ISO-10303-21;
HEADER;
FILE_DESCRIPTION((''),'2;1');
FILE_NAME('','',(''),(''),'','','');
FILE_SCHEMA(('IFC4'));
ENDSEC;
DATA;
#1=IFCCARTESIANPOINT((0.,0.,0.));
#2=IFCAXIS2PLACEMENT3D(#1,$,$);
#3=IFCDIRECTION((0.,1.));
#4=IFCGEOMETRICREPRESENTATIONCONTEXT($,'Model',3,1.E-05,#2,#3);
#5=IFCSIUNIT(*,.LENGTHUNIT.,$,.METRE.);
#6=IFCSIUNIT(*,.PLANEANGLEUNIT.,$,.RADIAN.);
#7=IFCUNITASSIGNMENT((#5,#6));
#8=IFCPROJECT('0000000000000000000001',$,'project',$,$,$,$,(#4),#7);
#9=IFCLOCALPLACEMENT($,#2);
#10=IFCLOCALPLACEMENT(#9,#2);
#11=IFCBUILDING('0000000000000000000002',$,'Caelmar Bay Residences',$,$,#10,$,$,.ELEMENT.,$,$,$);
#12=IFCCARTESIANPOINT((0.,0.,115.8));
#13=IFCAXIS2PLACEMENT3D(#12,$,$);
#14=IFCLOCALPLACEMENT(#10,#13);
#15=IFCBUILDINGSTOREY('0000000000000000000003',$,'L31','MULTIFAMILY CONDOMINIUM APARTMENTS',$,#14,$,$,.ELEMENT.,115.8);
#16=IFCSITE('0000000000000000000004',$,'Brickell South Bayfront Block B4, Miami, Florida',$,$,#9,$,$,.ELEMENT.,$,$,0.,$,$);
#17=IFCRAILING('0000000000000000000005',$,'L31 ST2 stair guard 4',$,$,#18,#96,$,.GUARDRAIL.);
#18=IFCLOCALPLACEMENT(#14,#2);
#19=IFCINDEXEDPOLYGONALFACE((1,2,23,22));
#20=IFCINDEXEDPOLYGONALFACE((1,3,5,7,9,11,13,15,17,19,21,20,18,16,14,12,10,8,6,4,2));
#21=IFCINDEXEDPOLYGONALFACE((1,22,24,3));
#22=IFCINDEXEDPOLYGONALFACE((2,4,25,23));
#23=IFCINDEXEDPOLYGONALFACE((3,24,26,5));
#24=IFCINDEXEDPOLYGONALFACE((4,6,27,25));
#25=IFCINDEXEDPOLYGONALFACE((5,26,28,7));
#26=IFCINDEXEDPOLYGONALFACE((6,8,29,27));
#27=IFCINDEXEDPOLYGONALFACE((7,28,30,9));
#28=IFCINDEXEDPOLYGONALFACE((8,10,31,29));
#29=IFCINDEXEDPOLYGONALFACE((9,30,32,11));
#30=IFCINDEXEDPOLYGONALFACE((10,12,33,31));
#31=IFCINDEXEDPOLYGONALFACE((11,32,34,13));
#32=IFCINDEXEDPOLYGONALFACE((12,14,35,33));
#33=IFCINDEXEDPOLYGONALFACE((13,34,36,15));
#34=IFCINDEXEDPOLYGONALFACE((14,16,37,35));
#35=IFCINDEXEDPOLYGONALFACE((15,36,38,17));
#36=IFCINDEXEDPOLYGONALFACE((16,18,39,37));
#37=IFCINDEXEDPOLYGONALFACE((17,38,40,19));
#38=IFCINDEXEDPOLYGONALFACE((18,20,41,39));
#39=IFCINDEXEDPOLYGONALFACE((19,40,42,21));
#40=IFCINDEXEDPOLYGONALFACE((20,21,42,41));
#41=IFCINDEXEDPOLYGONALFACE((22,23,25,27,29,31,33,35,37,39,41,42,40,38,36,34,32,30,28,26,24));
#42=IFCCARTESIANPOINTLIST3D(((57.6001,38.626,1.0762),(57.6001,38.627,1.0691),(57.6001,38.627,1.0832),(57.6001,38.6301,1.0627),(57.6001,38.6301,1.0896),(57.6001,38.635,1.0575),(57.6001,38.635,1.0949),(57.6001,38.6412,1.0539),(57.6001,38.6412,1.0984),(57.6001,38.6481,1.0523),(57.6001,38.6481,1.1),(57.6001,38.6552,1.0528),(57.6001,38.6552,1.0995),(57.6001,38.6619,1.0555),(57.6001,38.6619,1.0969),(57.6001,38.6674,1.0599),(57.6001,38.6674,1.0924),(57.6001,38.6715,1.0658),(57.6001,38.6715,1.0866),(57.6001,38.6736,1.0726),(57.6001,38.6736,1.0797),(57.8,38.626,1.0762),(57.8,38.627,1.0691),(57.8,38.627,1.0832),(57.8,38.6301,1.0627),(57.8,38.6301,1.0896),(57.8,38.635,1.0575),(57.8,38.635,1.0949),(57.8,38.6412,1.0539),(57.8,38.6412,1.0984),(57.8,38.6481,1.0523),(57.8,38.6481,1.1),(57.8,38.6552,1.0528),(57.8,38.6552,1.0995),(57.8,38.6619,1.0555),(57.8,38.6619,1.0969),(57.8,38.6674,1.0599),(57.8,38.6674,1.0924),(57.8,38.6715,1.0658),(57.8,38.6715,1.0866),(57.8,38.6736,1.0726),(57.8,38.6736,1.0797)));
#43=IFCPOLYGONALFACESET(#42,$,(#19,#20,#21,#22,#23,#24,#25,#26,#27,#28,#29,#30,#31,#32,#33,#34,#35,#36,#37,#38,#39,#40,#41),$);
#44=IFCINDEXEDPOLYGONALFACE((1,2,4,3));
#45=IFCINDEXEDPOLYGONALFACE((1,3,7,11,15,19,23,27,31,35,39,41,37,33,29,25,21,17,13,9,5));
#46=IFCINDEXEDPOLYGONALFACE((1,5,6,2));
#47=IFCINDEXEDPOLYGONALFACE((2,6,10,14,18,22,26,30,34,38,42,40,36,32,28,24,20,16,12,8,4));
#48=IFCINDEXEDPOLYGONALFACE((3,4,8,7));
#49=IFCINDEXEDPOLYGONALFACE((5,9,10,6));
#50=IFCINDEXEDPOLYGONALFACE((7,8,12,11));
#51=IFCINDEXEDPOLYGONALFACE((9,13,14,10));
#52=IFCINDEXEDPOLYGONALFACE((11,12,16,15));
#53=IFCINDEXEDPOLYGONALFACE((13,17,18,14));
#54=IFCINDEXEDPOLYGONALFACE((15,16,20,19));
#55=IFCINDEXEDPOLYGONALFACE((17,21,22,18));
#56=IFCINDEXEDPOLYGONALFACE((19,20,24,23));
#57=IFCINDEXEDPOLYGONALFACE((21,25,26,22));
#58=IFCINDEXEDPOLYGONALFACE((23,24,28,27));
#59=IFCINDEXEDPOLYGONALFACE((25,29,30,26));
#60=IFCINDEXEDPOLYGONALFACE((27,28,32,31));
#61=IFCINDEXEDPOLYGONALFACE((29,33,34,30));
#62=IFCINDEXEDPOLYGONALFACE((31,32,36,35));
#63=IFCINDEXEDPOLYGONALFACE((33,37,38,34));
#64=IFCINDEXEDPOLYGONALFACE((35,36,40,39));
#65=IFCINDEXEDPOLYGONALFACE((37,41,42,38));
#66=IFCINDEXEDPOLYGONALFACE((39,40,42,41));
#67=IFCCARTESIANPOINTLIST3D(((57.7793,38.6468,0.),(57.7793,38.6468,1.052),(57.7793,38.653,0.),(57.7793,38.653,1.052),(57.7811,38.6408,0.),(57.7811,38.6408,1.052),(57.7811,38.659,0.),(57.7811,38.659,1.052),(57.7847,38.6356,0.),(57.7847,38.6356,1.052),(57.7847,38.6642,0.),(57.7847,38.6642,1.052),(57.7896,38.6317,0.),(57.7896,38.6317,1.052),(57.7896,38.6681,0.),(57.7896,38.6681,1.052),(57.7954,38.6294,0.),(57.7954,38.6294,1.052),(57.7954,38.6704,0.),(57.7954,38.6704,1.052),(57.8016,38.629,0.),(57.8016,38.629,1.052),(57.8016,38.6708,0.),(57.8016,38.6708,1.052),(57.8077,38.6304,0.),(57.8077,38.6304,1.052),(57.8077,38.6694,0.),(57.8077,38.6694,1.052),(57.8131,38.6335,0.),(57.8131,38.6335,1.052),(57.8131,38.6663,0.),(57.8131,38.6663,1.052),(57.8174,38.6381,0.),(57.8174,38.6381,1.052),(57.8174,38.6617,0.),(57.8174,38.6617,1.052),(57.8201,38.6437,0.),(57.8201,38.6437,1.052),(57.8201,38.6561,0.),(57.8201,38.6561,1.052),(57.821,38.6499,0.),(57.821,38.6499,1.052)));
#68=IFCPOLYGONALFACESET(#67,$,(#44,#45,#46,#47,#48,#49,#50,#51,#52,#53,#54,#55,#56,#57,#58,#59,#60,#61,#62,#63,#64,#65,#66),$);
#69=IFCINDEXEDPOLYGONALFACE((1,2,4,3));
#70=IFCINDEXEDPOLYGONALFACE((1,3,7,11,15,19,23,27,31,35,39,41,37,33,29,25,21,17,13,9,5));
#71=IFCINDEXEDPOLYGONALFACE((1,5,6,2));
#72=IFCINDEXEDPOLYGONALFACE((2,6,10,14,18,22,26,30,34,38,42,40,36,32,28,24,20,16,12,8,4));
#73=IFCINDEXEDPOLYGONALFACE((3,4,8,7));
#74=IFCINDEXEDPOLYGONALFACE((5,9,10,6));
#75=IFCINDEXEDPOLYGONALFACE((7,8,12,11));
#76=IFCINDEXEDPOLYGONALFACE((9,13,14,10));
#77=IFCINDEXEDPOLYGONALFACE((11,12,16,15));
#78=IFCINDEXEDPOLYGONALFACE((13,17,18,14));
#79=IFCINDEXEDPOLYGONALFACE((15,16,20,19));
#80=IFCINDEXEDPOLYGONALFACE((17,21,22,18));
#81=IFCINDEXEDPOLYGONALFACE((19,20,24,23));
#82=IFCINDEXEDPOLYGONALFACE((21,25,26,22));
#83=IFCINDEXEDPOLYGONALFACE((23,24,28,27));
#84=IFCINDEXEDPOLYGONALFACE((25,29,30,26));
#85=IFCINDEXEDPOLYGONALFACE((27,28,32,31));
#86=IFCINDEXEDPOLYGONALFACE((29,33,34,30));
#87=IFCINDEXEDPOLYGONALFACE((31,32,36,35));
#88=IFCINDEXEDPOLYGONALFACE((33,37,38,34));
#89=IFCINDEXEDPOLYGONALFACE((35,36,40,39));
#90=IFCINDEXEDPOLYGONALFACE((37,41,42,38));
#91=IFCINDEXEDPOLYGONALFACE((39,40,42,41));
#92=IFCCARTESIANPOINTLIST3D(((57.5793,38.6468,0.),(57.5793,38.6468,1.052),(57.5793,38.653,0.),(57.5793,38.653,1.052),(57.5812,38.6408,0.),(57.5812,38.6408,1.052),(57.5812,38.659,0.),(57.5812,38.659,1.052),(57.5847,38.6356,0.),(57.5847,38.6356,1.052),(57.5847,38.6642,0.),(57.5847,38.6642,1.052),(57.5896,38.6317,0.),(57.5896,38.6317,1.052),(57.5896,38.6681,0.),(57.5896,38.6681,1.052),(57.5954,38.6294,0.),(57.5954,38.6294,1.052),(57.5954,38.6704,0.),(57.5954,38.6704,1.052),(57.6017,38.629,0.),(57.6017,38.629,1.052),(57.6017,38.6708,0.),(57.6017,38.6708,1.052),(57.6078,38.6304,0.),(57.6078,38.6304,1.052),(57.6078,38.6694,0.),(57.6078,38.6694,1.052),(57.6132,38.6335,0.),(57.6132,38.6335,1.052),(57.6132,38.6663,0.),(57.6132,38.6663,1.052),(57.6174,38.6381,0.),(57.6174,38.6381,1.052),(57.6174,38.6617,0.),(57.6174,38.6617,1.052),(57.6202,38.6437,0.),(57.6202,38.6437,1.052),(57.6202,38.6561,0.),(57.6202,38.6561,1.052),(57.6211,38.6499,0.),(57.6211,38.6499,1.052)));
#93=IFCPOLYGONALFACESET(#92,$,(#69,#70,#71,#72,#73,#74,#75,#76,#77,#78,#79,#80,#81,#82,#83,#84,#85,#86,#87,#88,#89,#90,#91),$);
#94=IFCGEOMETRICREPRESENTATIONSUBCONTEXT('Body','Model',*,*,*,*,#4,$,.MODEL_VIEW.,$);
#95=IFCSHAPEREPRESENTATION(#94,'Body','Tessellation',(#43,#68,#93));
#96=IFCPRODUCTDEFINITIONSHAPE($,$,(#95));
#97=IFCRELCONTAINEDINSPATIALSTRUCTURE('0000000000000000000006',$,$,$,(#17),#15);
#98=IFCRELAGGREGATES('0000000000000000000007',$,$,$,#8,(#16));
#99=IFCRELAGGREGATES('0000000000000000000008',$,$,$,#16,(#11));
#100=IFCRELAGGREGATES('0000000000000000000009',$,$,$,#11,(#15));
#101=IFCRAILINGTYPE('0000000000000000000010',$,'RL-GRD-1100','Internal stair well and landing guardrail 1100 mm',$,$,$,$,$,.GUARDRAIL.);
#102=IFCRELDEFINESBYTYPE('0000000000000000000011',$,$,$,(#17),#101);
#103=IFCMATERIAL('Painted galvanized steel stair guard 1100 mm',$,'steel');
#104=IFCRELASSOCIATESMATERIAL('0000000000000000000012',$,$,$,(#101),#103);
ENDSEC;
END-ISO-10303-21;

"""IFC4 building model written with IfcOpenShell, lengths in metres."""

from ifc_helpers import new_model, si_unit, direction, frame, origin, origin_2d, place, context, subcontext, project, spatial, circle, extrude, material, type_object, element, save


model = new_model("IFC4")

# Units and contexts
model_context = context("Model", 3, precision=1e-05, world=origin(), true_north=direction((0.0, 1.0)))
body_context = subcontext(model_context, "Body", "Model", "MODEL_VIEW")
ifc_project = project(units=[si_unit("LENGTHUNIT", "METRE"), si_unit("PLANEANGLEUNIT", "RADIAN")], contexts=[model_context])

# Site, building, storey
site_placement = place(None, origin())
site = spatial("IfcSite", under=ifc_project, at=site_placement, Name="Brickell South Bayfront Block B4, Miami, Florida", CompositionType="ELEMENT", RefElevation=0.0)
building_placement = place(site_placement, origin())
building = spatial("IfcBuilding", under=site, at=building_placement, Name="Caelmar Bay Residences", CompositionType="ELEMENT")
storey_placement = place(building_placement, frame((0.0, 0.0, 115.8)))
storey = spatial("IfcBuildingStorey", under=building, at=storey_placement, Name="L31", Description="MULTIFAMILY CONDOMINIUM APARTMENTS", CompositionType="ELEMENT", Elevation=115.8)

# Railing
ifc_material_1 = material(Name="Painted galvanized steel stair guard 1100 mm", Category="steel")
railing_type_1 = type_object("IfcRailingType", Name="RL-GRD-1100", Description="Internal stair well and landing guardrail 1100 mm", PredefinedType="GUARDRAIL", material=ifc_material_1)
railing_1_placement = place(storey_placement, frame((57.8, 38.6499, 0.0)))
element("IfcRailing", 1, at=railing_1_placement, inside=storey, type_object=railing_type_1, Name="L31 ST2 stair guard 4", PredefinedType="GUARDRAIL", context=body_context, shape_type="SweptSolid", body=[
    extrude(circle(Radius=0.0239, at=origin_2d()), frame((0.0, 0.0, 1.0762), z_axis=(-1.0, 0.0, 0.0), x_axis=(0.0, -1.0, 0.0)), (0.0, 0.0, 1.0), 0.2),
    extrude(circle(Radius=0.021, at=origin_2d()), origin(), (0.0, 0.0, 1.0), 1.052),
    extrude(circle(Radius=0.021, at=origin_2d()), frame((-0.2, 0.0, 0.0)), (0.0, 0.0, 1.0), 1.052),
])

save(model, "model.ifc")
